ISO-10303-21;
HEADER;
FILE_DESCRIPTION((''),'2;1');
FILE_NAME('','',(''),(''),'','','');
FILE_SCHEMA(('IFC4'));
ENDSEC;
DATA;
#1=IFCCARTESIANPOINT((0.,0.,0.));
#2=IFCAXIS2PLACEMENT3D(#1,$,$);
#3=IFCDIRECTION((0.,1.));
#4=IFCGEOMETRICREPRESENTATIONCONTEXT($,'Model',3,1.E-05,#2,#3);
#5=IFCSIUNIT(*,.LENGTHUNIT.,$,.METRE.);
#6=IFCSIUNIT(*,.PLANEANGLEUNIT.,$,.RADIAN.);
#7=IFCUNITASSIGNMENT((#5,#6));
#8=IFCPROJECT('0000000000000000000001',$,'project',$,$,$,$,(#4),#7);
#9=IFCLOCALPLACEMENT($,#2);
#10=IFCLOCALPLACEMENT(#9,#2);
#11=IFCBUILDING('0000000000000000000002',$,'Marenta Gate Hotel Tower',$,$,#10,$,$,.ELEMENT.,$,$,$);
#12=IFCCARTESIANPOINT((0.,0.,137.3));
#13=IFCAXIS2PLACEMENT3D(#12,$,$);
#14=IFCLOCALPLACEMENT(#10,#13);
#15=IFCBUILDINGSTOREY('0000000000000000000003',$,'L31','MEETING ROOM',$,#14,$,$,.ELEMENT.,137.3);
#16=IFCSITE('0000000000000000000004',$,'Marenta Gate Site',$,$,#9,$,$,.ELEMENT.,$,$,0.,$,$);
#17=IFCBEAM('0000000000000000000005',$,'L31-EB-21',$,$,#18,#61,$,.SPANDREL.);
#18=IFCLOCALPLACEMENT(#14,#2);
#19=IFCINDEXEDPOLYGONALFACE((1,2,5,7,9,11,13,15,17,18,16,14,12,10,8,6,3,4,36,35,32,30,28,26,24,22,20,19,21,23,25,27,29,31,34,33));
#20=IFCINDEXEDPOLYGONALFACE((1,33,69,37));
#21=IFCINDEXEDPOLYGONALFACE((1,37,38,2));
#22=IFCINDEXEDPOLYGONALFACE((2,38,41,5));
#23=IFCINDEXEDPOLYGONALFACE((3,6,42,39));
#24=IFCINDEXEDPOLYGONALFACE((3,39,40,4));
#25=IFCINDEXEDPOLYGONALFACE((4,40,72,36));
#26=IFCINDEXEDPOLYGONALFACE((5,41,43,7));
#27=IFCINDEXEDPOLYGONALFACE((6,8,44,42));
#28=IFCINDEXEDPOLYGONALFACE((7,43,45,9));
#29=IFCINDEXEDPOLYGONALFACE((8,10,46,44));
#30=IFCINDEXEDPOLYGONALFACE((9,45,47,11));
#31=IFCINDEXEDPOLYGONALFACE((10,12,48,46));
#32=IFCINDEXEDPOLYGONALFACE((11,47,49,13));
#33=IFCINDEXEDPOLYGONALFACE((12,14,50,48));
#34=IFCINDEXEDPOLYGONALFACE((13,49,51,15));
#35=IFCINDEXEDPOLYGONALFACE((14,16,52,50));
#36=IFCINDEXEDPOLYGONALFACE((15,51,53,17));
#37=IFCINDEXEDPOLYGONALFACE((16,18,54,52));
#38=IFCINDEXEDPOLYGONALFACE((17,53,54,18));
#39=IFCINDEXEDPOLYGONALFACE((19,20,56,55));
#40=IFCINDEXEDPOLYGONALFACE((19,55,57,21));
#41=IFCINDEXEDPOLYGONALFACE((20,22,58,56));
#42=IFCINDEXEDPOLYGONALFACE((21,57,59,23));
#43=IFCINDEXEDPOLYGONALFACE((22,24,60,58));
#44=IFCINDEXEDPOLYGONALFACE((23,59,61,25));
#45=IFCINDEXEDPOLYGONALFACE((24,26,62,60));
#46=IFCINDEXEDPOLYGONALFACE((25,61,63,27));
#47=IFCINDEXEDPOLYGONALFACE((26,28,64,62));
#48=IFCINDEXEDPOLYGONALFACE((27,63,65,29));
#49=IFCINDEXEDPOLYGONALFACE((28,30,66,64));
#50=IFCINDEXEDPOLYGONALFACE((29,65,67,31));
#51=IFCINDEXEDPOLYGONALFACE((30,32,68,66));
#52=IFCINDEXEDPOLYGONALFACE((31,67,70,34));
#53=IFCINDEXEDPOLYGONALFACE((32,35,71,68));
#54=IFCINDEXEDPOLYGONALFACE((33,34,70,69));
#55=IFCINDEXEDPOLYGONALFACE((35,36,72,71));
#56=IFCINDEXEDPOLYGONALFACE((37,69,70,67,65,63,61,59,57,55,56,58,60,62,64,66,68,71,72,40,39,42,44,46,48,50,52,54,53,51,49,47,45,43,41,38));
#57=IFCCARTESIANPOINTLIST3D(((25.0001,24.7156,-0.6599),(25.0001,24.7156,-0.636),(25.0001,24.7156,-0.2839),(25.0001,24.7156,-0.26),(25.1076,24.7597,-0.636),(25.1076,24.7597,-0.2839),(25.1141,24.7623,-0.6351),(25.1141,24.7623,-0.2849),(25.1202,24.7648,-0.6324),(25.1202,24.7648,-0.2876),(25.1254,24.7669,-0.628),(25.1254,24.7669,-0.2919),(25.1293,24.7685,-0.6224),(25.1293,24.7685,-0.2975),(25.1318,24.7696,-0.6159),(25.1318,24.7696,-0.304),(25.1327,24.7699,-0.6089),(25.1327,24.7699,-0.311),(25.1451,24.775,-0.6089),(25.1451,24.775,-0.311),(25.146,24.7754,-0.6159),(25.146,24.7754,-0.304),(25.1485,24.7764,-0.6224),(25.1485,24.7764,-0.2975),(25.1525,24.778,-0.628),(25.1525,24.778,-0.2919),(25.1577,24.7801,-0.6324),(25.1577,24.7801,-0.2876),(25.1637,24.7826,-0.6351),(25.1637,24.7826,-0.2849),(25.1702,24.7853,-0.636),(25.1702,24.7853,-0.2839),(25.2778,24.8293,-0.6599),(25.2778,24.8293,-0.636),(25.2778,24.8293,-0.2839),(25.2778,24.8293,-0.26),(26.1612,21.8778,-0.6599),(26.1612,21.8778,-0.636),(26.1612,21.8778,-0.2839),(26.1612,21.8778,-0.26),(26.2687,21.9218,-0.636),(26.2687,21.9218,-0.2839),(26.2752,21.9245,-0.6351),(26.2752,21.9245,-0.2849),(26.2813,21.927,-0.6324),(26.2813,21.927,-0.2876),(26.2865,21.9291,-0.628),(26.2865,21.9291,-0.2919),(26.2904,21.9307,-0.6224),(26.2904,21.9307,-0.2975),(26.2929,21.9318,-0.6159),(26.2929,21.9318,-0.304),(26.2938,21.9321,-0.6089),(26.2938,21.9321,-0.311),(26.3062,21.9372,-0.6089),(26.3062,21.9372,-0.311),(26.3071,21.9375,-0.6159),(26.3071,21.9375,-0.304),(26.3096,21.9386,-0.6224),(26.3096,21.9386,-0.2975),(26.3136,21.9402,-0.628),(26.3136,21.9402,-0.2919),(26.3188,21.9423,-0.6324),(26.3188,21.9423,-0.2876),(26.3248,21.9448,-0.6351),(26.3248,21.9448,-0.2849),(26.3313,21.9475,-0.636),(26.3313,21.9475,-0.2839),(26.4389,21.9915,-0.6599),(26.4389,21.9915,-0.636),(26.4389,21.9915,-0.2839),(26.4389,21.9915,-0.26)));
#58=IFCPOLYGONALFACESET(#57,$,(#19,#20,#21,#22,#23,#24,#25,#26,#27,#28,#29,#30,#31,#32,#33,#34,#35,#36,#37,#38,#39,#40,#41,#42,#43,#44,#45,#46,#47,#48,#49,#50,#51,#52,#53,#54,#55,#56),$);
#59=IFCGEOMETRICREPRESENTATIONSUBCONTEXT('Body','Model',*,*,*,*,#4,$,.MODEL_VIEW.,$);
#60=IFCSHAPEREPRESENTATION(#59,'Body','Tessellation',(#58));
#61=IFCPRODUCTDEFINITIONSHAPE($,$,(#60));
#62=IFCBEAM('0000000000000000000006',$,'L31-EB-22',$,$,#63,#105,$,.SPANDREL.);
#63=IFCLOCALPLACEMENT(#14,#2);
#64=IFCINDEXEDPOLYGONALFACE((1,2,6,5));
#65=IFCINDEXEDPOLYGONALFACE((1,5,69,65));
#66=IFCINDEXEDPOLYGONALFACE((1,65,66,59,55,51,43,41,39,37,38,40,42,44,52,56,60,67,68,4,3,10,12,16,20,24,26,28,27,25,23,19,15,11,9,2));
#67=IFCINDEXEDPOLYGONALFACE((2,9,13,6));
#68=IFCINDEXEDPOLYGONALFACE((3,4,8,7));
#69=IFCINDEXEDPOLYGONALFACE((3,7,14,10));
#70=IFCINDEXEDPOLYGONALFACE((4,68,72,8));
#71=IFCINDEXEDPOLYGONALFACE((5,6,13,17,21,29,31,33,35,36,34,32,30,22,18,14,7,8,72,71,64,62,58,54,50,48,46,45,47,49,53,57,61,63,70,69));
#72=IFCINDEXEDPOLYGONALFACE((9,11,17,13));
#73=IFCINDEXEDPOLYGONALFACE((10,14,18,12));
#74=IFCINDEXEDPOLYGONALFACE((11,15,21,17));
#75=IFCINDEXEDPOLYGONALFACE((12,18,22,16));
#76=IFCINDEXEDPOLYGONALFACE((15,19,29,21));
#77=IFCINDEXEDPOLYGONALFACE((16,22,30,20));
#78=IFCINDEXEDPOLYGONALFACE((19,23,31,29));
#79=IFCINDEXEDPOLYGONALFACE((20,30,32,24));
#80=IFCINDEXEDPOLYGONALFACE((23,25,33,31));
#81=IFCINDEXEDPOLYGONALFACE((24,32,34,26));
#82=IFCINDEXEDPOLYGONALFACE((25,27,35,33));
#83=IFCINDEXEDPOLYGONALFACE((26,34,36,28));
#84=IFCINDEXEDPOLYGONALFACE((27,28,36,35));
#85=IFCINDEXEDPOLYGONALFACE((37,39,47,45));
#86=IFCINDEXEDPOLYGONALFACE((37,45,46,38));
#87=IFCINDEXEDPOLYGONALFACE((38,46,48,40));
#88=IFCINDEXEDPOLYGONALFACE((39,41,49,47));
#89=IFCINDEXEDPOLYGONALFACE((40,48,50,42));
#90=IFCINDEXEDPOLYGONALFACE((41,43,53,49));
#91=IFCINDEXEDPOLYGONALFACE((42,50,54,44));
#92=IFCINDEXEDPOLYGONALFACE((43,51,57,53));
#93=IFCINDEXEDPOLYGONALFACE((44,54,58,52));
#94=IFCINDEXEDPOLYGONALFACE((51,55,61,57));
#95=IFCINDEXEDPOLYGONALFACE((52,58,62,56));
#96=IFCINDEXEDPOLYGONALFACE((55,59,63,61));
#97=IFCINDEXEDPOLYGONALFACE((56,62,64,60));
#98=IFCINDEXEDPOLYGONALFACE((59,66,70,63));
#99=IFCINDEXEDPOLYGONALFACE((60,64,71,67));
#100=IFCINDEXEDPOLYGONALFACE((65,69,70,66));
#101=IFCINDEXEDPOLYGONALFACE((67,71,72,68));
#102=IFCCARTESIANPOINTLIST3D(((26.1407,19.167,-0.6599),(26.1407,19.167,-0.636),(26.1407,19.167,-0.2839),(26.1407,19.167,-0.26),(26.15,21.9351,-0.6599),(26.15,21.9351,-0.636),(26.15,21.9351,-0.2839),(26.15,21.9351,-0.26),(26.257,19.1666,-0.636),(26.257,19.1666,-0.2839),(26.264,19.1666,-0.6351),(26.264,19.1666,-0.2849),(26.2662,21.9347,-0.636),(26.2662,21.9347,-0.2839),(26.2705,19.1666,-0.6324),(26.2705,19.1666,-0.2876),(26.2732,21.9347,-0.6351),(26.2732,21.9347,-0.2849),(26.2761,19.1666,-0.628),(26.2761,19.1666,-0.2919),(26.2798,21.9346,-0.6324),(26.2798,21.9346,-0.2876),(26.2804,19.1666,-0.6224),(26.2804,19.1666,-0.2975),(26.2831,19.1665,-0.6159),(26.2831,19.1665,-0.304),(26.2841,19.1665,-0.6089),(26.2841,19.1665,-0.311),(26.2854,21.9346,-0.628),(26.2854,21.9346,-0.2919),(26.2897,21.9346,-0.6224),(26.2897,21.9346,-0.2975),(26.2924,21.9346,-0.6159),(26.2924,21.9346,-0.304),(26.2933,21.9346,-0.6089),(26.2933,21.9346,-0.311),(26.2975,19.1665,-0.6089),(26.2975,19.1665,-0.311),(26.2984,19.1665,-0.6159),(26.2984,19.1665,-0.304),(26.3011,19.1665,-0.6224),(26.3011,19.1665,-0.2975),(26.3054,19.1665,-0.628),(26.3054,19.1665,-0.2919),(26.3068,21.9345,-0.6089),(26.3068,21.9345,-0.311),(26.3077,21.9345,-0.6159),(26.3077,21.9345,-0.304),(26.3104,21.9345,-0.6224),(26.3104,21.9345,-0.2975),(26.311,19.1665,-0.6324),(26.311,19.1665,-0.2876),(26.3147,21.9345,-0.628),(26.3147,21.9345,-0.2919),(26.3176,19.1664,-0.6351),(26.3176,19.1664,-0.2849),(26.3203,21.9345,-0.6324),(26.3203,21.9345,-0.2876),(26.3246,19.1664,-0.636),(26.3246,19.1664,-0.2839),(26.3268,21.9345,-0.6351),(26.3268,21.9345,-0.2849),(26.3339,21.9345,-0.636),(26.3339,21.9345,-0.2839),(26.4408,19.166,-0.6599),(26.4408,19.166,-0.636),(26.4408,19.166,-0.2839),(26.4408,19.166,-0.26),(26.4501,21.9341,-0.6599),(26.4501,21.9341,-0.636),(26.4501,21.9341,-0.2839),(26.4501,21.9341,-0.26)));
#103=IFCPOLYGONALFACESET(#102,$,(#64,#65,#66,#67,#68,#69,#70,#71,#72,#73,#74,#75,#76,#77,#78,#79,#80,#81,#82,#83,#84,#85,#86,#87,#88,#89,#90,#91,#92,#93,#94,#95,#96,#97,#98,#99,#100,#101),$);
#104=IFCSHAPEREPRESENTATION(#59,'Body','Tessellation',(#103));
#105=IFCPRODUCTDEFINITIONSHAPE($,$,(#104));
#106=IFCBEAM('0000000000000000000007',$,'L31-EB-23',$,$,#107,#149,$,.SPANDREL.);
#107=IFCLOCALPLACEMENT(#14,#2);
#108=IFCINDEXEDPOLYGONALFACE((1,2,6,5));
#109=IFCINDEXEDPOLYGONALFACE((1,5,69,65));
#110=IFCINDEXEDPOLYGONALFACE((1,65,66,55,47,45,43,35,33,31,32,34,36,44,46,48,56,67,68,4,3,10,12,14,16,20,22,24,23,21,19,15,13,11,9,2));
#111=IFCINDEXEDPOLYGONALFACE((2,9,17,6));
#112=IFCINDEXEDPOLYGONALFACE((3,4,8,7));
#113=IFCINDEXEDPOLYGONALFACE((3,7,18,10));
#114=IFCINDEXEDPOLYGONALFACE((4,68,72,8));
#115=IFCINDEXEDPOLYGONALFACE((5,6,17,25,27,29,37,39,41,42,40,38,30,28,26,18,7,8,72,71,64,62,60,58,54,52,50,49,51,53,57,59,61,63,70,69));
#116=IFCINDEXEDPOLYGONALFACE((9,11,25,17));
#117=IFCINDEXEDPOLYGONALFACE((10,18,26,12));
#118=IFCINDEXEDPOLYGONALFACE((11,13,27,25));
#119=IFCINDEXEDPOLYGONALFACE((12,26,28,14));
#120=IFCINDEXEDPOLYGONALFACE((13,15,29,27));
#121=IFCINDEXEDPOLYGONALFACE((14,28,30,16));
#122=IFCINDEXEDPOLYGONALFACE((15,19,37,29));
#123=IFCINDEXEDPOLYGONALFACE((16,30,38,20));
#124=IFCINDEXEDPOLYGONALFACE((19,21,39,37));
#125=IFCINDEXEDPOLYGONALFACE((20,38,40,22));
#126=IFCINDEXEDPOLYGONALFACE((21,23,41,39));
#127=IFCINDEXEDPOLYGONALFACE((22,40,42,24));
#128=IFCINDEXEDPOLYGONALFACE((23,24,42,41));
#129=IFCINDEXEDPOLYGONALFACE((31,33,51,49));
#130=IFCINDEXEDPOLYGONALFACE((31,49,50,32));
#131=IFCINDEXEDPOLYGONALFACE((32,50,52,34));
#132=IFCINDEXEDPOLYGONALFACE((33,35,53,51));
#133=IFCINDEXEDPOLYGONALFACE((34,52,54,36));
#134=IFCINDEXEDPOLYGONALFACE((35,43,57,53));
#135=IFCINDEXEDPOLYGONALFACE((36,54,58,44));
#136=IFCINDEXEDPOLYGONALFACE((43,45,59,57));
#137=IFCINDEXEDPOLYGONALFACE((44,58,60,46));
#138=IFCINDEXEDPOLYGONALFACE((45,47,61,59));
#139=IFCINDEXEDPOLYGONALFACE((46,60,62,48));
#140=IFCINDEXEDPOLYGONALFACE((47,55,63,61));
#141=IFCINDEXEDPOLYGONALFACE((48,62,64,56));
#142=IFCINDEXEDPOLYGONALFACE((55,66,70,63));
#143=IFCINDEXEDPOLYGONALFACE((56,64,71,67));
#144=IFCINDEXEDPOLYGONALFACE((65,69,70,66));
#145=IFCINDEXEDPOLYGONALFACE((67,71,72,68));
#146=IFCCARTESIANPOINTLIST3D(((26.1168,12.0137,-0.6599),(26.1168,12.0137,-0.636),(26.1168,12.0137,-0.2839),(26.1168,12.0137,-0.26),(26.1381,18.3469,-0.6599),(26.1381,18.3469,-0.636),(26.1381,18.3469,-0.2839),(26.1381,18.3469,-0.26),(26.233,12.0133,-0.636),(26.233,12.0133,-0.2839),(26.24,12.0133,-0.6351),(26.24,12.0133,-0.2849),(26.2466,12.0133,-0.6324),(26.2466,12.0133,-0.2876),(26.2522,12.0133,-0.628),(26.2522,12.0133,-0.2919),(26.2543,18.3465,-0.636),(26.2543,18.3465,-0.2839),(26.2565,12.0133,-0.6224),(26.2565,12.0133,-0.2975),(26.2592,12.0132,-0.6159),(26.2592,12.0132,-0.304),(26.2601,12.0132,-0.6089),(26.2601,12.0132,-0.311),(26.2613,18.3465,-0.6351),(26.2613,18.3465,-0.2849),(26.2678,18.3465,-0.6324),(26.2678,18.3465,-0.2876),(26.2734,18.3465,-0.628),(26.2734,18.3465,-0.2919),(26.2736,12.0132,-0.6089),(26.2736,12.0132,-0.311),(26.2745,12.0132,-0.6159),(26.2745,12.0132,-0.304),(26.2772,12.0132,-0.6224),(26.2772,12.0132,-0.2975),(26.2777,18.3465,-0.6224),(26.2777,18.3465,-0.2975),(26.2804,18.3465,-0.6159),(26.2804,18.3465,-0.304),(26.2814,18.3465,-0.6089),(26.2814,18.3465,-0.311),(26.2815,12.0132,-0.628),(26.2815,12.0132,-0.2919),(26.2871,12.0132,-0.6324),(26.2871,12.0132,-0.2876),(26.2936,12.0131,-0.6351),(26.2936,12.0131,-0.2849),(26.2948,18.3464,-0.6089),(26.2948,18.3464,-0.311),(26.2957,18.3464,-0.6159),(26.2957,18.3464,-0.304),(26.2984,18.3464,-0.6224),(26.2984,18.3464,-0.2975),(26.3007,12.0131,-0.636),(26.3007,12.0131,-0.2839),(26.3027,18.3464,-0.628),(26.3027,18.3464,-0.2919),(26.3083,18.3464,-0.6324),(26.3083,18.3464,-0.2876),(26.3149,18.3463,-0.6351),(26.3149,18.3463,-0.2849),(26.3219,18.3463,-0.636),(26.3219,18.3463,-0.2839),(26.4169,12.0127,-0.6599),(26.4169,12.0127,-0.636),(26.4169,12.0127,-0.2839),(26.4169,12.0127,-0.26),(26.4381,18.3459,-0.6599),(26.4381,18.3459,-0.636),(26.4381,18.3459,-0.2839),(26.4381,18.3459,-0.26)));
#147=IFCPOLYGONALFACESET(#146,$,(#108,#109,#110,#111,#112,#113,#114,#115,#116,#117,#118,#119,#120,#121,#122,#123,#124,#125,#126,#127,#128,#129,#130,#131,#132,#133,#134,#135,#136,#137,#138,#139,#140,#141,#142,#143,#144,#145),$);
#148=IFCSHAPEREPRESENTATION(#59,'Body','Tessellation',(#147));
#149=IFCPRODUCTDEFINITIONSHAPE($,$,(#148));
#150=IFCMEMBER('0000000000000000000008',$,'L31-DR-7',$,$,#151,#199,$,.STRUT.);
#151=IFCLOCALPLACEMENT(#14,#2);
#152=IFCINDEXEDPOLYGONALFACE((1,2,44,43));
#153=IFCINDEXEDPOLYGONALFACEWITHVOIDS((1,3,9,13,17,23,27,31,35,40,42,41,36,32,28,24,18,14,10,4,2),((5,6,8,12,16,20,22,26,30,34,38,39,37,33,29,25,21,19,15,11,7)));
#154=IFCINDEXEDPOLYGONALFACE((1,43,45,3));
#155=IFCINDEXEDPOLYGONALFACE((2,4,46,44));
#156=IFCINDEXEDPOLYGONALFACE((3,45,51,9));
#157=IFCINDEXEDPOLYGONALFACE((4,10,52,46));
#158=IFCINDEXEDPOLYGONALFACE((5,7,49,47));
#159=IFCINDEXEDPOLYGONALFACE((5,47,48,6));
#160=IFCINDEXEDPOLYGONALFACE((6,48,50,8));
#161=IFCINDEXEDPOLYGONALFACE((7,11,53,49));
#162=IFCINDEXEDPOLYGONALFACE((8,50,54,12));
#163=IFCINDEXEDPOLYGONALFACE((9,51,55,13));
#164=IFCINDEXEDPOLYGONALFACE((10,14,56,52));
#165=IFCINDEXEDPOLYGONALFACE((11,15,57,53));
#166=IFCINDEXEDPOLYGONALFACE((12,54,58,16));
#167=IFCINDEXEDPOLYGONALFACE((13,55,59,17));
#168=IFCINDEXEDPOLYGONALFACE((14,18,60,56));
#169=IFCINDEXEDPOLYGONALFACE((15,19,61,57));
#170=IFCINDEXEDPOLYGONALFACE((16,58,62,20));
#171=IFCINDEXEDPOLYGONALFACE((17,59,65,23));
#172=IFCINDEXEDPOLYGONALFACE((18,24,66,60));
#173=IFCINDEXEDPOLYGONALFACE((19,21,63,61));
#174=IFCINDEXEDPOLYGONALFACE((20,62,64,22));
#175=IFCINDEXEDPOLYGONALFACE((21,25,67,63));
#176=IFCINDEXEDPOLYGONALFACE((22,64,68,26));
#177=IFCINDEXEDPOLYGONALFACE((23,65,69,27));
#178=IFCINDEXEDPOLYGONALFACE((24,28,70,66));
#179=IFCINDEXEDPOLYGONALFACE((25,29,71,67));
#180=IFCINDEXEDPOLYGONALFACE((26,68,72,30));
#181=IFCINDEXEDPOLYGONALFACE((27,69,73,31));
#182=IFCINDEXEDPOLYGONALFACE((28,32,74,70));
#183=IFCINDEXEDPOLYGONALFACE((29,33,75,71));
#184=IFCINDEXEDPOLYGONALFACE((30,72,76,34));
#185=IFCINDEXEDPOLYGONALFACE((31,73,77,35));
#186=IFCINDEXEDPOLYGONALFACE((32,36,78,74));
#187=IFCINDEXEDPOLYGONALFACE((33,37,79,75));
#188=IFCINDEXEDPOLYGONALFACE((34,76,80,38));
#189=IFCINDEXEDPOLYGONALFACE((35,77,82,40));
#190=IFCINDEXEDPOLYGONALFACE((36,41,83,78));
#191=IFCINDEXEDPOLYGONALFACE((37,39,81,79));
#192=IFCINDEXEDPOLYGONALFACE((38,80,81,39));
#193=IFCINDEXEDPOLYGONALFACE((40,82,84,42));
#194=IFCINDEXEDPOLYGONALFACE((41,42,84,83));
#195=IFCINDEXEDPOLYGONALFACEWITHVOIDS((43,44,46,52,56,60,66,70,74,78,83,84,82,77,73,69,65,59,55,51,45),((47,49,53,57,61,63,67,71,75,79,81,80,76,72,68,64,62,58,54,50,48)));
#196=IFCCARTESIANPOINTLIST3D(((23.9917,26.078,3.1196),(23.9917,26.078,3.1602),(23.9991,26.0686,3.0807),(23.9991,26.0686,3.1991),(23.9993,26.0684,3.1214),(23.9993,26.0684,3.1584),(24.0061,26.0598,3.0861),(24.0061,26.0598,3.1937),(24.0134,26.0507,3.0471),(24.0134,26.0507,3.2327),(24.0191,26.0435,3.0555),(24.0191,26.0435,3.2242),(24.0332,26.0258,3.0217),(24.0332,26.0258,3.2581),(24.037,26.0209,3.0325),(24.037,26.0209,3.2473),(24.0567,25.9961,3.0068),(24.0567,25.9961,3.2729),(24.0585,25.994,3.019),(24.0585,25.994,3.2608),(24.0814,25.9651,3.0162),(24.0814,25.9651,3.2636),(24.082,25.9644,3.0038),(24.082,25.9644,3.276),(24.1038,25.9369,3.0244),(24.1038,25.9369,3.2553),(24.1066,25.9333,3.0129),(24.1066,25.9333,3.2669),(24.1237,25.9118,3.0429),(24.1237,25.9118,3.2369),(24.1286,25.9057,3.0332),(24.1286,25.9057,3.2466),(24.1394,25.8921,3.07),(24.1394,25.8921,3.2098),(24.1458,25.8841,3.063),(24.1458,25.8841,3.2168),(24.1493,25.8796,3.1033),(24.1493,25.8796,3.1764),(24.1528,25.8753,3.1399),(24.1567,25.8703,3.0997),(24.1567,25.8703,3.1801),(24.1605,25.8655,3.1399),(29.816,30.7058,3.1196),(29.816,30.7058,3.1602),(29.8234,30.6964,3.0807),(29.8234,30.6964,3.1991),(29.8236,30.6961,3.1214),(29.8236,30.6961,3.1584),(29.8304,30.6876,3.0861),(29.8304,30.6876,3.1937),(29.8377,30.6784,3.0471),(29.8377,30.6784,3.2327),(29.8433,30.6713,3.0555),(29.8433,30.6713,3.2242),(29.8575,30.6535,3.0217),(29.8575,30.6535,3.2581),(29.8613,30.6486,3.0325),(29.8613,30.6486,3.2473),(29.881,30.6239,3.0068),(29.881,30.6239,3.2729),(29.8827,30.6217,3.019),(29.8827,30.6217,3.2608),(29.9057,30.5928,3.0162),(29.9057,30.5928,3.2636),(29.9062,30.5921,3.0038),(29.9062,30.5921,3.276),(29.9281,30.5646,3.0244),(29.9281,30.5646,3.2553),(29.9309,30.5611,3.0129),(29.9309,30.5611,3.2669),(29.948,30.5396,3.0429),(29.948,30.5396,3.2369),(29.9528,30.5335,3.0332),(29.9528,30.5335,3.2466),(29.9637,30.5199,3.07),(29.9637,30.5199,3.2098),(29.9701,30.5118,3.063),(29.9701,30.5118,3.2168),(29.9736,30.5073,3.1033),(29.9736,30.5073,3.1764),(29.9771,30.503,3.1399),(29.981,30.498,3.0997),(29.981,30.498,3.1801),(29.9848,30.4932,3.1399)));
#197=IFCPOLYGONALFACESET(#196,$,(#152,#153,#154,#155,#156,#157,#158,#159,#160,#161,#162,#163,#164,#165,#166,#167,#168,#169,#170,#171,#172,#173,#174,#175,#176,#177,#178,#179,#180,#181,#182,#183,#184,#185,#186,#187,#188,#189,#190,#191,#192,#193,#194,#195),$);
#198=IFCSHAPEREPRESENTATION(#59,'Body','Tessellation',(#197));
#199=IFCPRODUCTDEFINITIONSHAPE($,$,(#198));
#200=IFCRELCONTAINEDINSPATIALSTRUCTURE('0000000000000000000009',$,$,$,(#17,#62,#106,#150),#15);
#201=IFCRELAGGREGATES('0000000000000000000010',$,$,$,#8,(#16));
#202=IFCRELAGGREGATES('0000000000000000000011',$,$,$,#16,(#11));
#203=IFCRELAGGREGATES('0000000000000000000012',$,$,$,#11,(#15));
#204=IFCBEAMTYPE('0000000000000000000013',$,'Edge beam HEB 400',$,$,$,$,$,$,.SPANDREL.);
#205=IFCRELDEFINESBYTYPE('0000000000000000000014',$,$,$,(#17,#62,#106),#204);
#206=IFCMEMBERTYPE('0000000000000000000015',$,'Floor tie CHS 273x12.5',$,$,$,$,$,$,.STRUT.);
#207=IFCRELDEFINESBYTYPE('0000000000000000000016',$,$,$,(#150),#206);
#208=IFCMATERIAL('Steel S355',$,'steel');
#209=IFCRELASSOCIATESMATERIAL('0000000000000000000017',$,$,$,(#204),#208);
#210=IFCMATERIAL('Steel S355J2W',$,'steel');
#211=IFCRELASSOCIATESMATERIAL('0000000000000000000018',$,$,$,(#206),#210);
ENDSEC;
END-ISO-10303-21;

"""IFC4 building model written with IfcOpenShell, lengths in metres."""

from ifc_helpers import new_model, si_unit, direction, frame, origin, origin_2d, place, context, subcontext, project, spatial, hollow_circle, i_section, extrude, material, material_profile, profile_set, type_object, element, save


model = new_model("IFC4")

# Units and contexts
model_context = context("Model", 3, precision=1e-05, world=origin(), true_north=direction((0.0, 1.0)))
body_context = subcontext(model_context, "Body", "Model", "MODEL_VIEW")
ifc_project = project(units=[si_unit("LENGTHUNIT", "METRE"), si_unit("PLANEANGLEUNIT", "RADIAN")], contexts=[model_context])

# Site, building, storey
site_placement = place(None, origin())
site = spatial("IfcSite", under=ifc_project, at=site_placement, Name="Marenta Gate Site", CompositionType="ELEMENT", RefElevation=0.0)
building_placement = place(site_placement, origin())
building = spatial("IfcBuilding", under=site, at=building_placement, Name="Marenta Gate Hotel Tower", CompositionType="ELEMENT")
storey_placement = place(building_placement, frame((0.0, 0.0, 137.3)))
storey = spatial("IfcBuildingStorey", under=building, at=storey_placement, Name="L31", Description="MEETING ROOM", CompositionType="ELEMENT", Elevation=137.3)

# Beams
ifc_material_1 = material(Name="Steel S355", Category="steel")
ifc_material_profile_1 = material_profile(ifc_material_1, i_section(OverallWidth=0.3, OverallDepth=0.3999, WebThickness=0.0134, FlangeThickness=0.0239, FilletRadius=0.0271, at=origin_2d()), Name="HEB 400")
ifc_profile_set_1 = profile_set([ifc_material_profile_1], Name="Steel S355")
beam_type_1 = type_object("IfcBeamType", Name="Edge beam HEB 400", PredefinedType="SPANDREL", material=ifc_profile_set_1)
beam_1_placement = place(storey_placement, frame((25.1389, 24.7725, -0.46), z_axis=(0.378682, -0.925527, 0.0), x_axis=(0.925527, 0.378682, 0.0)))
element("IfcBeam", 1, at=beam_1_placement, inside=storey, type_object=beam_type_1, Name="L31-EB-21", PredefinedType="SPANDREL", context=body_context, shape_type="SweptSolid", body=[
    extrude(i_section(OverallWidth=0.3, OverallDepth=0.3999, WebThickness=0.0134, FlangeThickness=0.0239, FilletRadius=0.0271, at=origin_2d()), origin(), (0.0, 0.0, 1.0), 3.0662),
])
beam_2_placement = place(storey_placement, frame((26.3, 21.9346, -0.46), z_axis=(-0.003352, -0.999994, 0.0), x_axis=(0.999994, -0.003352, 0.0)))
element("IfcBeam", 2, at=beam_2_placement, inside=storey, type_object=beam_type_1, Name="L31-EB-22", PredefinedType="SPANDREL", context=body_context, shape_type="SweptSolid", body=[
    extrude(i_section(OverallWidth=0.3, OverallDepth=0.3999, WebThickness=0.0134, FlangeThickness=0.0239, FilletRadius=0.0271, at=origin_2d()), origin(), (0.0, 0.0, 1.0), 2.7681),
])
beam_3_placement = place(storey_placement, frame((26.2881, 18.3464, -0.46), z_axis=(-0.003354, -0.999994, 0.0), x_axis=(0.999994, -0.003354, 0.0)))
element("IfcBeam", 3, at=beam_3_placement, inside=storey, type_object=beam_type_1, Name="L31-EB-23", PredefinedType="SPANDREL", context=body_context, shape_type="SweptSolid", body=[
    extrude(i_section(OverallWidth=0.3, OverallDepth=0.3999, WebThickness=0.0134, FlangeThickness=0.0239, FilletRadius=0.0271, at=origin_2d()), origin(), (0.0, 0.0, 1.0), 6.3333),
])

# Member
ifc_material_2 = material(Name="Steel S355J2W", Category="steel")
ifc_material_profile_2 = material_profile(ifc_material_2, hollow_circle(Radius=0.1365, WallThickness=0.0125, at=origin_2d()), Name="CHS 273x12.5")
ifc_profile_set_2 = profile_set([ifc_material_profile_2], Name="Steel S355J2W")
member_type_1 = type_object("IfcMemberType", Name="Floor tie CHS 273x12.5", PredefinedType="STRUT", material=ifc_profile_set_2)
member_1_placement = place(storey_placement, frame((29.8999, 30.6001, 3.1399), z_axis=(-0.782943, -0.622094, 0.0), x_axis=(0.622094, -0.782943, 0.0)))
element("IfcMember", 4, at=member_1_placement, inside=storey, type_object=member_type_1, Name="L31-DR-7", PredefinedType="STRUT", context=body_context, shape_type="SweptSolid", body=[
    extrude(hollow_circle(Radius=0.1365, WallThickness=0.0125, at=origin_2d()), origin(), (0.0, 0.0, 1.0), 7.439),
])

save(model, "model.ifc")
